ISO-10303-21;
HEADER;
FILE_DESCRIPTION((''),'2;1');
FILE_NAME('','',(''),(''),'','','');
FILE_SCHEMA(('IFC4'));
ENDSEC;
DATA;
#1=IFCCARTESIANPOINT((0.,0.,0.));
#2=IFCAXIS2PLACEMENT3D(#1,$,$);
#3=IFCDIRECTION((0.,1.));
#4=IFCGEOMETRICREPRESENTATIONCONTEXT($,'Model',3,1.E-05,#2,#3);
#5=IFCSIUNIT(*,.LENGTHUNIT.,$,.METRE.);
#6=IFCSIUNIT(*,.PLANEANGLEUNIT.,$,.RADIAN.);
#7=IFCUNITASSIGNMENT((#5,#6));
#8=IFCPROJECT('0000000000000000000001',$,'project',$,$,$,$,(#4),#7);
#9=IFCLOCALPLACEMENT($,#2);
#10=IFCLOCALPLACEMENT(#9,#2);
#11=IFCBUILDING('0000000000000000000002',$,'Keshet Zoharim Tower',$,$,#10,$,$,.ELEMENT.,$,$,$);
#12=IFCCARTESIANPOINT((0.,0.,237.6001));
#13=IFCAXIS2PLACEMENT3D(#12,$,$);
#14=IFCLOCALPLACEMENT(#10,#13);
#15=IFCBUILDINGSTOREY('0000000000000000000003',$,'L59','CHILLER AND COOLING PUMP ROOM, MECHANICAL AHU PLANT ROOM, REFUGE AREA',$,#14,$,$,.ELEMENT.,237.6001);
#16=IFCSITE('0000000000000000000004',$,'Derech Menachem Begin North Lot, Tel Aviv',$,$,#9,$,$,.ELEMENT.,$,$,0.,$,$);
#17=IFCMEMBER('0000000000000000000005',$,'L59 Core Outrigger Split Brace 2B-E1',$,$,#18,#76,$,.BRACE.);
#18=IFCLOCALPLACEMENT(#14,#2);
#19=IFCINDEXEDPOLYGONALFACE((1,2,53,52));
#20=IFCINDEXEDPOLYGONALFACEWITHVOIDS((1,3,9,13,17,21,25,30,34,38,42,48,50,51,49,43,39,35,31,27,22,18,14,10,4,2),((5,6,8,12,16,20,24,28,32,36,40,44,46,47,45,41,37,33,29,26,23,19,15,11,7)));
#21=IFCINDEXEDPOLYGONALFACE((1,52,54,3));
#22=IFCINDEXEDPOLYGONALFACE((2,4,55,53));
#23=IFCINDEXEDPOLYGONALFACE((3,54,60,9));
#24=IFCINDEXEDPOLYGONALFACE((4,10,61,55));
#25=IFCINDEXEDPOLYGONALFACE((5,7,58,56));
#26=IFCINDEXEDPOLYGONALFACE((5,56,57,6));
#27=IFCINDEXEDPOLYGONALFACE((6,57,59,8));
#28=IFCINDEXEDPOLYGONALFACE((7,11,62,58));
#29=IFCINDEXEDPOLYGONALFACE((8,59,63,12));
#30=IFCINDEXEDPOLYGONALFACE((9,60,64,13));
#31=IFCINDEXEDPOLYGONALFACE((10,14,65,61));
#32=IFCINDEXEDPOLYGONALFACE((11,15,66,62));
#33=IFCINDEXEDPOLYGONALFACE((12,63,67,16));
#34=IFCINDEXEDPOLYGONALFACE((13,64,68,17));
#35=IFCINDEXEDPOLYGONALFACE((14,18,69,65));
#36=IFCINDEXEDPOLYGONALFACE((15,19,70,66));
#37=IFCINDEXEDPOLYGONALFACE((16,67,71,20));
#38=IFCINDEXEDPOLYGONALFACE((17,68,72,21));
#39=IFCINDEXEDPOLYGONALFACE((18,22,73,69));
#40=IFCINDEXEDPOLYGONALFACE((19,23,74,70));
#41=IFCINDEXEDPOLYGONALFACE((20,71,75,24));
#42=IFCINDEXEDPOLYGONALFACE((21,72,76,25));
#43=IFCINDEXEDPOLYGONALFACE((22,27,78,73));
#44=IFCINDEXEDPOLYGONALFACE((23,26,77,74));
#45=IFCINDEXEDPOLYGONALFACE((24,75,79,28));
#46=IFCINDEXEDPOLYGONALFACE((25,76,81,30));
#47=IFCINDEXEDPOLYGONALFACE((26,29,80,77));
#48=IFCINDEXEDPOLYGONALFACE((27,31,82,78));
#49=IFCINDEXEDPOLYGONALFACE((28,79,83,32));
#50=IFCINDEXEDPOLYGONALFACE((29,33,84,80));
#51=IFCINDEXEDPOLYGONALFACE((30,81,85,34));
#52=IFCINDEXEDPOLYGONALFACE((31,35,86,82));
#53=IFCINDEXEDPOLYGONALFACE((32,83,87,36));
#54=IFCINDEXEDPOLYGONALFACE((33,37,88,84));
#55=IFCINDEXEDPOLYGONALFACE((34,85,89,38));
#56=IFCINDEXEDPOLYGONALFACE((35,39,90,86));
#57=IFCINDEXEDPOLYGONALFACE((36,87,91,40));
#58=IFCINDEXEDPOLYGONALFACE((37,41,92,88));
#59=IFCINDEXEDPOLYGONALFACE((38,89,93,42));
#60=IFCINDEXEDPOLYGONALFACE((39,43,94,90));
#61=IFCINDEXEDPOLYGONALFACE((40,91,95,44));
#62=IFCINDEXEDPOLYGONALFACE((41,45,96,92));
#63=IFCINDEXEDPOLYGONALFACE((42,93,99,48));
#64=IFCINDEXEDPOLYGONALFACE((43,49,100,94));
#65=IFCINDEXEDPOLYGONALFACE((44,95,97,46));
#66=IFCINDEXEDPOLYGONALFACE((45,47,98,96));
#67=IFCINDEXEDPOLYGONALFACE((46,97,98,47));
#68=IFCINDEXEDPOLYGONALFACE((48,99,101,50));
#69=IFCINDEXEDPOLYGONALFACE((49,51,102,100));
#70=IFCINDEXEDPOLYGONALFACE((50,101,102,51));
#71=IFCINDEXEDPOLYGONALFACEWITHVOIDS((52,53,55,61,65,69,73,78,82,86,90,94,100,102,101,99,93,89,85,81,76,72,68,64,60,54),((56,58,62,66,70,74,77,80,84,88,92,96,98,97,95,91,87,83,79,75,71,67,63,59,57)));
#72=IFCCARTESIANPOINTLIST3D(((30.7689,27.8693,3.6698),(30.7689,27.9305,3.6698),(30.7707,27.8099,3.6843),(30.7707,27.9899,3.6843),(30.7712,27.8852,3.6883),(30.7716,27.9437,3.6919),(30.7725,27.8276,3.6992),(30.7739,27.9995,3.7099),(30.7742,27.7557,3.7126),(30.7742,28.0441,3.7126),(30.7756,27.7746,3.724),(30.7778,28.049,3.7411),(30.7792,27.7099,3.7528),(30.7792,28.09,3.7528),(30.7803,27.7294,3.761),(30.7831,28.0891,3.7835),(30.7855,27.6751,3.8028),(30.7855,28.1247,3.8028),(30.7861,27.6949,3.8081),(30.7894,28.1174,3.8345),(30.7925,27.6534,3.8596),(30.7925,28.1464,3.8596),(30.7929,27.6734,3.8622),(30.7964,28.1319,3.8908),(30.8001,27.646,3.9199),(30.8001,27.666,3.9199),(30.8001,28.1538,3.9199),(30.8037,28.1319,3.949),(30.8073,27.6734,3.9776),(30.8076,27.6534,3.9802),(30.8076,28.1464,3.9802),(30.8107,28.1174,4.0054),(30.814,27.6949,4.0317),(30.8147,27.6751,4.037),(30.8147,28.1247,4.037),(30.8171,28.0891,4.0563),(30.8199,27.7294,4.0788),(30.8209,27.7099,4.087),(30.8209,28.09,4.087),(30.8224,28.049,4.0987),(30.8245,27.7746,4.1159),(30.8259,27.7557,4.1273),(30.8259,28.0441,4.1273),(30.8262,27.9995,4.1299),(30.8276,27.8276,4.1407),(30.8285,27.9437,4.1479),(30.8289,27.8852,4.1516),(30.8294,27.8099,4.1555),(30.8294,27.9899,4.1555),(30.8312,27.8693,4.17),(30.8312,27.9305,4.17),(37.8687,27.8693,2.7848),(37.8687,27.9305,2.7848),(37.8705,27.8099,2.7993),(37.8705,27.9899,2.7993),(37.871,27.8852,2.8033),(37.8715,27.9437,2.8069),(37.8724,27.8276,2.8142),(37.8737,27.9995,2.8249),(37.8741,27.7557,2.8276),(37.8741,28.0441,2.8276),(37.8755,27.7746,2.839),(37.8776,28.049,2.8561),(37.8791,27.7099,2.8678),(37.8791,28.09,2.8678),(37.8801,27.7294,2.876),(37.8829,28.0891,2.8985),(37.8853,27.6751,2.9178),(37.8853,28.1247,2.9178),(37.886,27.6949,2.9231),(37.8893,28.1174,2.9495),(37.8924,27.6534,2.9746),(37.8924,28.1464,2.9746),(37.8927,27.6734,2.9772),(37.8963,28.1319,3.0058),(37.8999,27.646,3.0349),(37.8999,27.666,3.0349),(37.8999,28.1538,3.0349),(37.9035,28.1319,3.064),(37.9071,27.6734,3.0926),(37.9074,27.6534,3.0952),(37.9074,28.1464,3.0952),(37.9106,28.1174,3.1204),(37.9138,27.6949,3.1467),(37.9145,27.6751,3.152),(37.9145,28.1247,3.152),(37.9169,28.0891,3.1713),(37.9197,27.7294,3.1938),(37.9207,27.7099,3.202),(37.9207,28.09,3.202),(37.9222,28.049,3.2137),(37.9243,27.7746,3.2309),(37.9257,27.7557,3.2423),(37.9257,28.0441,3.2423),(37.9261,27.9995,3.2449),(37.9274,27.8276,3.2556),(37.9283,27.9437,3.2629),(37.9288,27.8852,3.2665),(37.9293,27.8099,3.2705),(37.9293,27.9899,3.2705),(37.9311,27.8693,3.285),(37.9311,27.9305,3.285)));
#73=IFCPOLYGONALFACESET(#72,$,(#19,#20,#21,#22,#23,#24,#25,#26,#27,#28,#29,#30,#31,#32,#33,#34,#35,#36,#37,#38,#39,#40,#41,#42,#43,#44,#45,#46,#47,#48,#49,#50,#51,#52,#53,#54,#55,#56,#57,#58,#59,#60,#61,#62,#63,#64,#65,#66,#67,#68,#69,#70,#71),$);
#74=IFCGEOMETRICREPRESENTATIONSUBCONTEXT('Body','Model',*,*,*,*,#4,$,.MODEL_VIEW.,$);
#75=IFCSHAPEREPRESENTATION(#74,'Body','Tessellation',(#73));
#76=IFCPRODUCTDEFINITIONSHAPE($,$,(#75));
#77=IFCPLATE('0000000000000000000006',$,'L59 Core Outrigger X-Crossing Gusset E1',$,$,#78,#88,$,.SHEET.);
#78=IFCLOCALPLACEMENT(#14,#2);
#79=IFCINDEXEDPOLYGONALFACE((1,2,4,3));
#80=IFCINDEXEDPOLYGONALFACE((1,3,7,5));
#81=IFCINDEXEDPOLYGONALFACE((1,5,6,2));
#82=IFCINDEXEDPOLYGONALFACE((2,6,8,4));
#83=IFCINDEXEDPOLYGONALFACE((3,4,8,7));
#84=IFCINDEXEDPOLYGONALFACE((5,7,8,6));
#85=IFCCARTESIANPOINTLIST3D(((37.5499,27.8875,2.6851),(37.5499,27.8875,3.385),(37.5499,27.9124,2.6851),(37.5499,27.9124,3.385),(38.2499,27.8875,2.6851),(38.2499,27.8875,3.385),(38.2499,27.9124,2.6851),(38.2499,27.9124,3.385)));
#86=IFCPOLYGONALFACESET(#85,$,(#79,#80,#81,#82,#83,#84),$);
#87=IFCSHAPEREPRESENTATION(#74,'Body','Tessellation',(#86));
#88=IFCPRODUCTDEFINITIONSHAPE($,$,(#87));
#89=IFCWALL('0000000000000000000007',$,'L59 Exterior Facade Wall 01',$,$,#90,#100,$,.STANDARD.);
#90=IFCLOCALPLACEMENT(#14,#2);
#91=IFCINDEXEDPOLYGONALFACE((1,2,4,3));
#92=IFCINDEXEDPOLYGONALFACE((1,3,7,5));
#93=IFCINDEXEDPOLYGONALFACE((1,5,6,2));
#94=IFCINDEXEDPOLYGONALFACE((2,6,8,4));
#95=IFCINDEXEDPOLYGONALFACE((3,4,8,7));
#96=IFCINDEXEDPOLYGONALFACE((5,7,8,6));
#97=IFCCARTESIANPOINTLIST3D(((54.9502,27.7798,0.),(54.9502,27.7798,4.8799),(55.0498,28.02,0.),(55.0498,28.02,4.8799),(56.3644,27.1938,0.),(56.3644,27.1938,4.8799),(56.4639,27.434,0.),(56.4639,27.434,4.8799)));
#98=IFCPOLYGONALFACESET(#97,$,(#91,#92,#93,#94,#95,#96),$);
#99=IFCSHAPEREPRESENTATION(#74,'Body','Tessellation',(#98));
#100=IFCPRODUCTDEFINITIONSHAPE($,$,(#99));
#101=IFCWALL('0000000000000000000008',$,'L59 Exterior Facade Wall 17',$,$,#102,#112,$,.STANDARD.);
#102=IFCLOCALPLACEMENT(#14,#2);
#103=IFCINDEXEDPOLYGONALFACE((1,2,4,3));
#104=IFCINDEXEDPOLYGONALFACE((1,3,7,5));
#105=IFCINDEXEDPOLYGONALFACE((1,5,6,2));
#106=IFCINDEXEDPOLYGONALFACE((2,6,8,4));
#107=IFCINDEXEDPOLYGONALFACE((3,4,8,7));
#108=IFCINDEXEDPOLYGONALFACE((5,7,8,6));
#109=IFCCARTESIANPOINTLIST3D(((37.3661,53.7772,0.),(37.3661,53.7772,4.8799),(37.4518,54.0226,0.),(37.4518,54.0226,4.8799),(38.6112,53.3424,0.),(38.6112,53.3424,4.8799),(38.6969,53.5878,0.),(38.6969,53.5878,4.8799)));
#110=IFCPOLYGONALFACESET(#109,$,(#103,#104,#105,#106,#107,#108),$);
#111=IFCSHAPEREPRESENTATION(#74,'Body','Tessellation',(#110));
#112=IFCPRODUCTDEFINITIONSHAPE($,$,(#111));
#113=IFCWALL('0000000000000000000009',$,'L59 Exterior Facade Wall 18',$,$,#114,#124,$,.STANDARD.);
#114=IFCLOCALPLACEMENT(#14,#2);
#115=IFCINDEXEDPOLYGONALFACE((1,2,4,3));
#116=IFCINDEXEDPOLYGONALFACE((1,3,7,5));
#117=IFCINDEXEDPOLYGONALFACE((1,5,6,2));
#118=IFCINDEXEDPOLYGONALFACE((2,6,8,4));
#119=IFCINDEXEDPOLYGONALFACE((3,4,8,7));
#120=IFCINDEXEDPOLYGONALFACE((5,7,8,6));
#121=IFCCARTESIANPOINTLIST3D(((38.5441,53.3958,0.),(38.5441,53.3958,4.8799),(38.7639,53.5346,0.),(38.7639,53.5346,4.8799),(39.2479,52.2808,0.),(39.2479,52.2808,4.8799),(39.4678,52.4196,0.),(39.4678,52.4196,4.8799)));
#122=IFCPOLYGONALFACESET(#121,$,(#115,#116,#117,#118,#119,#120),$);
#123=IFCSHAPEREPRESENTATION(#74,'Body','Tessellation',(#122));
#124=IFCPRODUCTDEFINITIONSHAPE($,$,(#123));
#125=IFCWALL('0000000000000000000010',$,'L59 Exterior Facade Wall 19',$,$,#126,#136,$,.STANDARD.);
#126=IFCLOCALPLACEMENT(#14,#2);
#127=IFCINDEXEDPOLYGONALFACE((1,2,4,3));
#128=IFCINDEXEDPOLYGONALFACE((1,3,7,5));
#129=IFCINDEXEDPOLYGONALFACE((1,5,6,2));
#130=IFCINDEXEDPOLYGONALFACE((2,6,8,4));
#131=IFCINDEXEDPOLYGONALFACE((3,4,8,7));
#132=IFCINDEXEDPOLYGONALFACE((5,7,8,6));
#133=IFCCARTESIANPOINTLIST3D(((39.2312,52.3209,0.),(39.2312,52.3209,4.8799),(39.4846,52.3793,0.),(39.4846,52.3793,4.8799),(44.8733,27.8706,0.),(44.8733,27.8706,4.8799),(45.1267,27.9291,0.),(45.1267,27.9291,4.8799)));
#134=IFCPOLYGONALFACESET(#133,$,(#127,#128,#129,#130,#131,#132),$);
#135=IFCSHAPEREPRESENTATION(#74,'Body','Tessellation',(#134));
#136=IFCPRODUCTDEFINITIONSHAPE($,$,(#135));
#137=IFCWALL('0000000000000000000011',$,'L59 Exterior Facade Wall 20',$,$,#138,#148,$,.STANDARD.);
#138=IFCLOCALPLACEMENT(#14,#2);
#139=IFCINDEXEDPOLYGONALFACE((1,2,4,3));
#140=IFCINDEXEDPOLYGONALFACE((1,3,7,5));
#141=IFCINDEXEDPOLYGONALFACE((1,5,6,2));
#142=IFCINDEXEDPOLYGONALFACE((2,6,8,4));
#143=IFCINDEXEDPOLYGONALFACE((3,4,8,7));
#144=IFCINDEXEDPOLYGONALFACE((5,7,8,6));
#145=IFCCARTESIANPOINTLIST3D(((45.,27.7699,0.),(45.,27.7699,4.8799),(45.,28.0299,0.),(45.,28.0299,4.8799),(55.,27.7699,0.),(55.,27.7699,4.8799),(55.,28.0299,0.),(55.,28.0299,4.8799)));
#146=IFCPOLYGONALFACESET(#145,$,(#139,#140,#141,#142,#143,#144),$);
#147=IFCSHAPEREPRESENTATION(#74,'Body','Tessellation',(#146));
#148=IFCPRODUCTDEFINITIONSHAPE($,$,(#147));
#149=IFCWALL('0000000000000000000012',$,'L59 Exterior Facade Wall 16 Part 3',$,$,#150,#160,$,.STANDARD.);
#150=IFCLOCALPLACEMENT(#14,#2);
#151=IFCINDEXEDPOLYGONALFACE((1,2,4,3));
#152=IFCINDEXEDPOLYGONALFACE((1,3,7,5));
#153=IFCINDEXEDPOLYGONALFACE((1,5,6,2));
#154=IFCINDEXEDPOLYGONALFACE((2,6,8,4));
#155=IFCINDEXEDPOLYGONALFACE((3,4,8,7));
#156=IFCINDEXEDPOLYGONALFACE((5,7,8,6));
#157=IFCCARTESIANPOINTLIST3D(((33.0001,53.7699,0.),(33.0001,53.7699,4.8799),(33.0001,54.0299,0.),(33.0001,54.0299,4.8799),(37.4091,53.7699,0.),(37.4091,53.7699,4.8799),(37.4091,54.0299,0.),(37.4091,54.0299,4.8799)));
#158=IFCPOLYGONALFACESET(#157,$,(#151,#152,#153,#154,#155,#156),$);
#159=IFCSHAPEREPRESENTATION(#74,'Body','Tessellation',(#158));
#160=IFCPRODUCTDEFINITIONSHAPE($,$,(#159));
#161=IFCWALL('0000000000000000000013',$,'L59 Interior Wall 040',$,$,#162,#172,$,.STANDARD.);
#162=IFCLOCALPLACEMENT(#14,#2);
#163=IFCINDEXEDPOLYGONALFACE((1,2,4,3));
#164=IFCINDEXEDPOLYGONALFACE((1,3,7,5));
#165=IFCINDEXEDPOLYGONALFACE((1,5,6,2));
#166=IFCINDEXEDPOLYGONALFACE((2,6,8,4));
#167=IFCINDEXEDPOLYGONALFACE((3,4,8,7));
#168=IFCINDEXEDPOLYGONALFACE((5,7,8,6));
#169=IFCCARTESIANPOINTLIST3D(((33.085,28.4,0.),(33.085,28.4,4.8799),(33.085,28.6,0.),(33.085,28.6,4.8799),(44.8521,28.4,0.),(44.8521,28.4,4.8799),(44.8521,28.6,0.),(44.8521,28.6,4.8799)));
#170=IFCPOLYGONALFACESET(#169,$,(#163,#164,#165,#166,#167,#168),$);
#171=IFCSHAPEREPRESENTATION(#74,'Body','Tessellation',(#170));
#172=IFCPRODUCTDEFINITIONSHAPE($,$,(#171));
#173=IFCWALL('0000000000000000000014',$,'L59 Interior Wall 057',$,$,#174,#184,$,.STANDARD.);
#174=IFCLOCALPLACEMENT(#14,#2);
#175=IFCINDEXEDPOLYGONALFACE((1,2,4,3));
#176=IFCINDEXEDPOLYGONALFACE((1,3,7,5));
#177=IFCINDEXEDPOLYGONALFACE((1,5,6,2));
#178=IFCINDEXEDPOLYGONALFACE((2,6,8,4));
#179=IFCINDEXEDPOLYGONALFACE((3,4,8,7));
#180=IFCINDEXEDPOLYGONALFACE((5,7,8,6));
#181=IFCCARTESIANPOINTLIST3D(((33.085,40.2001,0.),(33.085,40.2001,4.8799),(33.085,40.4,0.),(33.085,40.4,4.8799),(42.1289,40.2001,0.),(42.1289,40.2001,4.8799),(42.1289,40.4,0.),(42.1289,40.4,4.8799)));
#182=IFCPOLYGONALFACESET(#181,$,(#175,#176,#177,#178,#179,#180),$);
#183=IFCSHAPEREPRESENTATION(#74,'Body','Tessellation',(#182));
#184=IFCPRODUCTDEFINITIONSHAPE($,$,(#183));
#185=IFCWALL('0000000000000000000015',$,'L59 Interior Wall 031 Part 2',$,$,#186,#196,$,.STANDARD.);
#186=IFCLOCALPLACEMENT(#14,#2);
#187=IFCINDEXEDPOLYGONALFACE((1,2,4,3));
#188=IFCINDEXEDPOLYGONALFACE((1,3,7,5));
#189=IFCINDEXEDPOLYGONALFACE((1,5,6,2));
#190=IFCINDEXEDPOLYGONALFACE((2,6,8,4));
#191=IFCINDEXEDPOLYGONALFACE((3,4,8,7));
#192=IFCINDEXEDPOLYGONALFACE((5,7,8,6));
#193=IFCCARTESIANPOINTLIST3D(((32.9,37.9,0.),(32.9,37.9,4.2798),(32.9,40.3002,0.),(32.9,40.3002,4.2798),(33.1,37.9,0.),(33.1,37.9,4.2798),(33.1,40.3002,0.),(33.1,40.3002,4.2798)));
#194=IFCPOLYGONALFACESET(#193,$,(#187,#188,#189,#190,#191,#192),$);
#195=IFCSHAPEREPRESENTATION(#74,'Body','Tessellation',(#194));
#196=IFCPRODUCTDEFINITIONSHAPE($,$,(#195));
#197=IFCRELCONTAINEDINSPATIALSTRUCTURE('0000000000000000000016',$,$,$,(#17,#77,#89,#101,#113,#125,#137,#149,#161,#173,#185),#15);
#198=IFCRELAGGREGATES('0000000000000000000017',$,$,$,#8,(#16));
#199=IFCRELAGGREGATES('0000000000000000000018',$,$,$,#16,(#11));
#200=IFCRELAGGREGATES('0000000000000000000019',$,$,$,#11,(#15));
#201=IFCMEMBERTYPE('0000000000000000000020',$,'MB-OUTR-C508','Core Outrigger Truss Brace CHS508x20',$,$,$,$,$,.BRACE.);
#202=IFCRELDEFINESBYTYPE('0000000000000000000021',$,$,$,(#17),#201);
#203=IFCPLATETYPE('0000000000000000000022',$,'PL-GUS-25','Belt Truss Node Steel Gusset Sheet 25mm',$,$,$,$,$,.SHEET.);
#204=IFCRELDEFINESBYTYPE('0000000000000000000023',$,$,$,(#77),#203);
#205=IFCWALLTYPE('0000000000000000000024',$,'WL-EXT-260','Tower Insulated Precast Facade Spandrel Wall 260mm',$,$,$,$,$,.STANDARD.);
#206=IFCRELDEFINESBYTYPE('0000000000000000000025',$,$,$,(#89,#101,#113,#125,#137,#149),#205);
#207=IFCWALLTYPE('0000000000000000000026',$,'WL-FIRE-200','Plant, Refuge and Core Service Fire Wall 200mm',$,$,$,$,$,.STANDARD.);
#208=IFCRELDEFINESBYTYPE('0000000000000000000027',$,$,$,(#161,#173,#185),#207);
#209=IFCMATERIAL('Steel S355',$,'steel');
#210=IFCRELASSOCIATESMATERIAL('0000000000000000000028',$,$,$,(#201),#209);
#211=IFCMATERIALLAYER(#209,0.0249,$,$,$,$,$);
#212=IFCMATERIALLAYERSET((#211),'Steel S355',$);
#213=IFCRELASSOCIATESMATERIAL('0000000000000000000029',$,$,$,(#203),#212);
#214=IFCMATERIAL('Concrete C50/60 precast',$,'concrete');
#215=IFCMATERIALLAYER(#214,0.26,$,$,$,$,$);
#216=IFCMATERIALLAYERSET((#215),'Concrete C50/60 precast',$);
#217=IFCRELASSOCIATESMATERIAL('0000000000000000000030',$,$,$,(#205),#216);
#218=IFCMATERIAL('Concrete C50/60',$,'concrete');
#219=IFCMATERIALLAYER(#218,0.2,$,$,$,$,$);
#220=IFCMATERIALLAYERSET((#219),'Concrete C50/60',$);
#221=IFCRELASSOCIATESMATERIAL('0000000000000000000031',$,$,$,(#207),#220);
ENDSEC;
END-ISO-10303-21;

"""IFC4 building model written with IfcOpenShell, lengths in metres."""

from ifc_helpers import new_model, si_unit, direction, frame, frame_2d, origin, origin_2d, place, context, subcontext, project, spatial, rectangle, hollow_circle, extrude, material, layer, layer_set, material_profile, profile_set, type_object, element, save


model = new_model("IFC4")

# Units and contexts
model_context = context("Model", 3, precision=1e-05, world=origin(), true_north=direction((0.0, 1.0)))
body_context = subcontext(model_context, "Body", "Model", "MODEL_VIEW")
ifc_project = project(units=[si_unit("LENGTHUNIT", "METRE"), si_unit("PLANEANGLEUNIT", "RADIAN")], contexts=[model_context])

# Site, building, storey
site_placement = place(None, origin())
site = spatial("IfcSite", under=ifc_project, at=site_placement, Name="Derech Menachem Begin North Lot, Tel Aviv", CompositionType="ELEMENT", RefElevation=0.0)
building_placement = place(site_placement, origin())
building = spatial("IfcBuilding", under=site, at=building_placement, Name="Keshet Zoharim Tower", CompositionType="ELEMENT")
storey_placement = place(building_placement, frame((0.0, 0.0, 237.6001)))
storey = spatial("IfcBuildingStorey", under=building, at=storey_placement, Name="L59", Description="CHILLER AND COOLING PUMP ROOM, MECHANICAL AHU PLANT ROOM, REFUGE AREA", CompositionType="ELEMENT", Elevation=237.6001)

# Shared definitions
ifc_material_1 = material(Name="Steel S355", Category="steel")

# Member
ifc_material_profile_1 = material_profile(ifc_material_1, hollow_circle(Radius=0.2539, WallThickness=0.02, at=origin_2d()), Name="CHS508x20")
ifc_profile_set_1 = profile_set([ifc_material_profile_1], Name="Steel S355")
member_type_1 = type_object("IfcMemberType", Name="MB-OUTR-C508", Description="Core Outrigger Truss Brace CHS508x20", PredefinedType="BRACE", material=ifc_profile_set_1)
member_1_placement = place(storey_placement, frame((37.8999, 27.8999, 3.0349), z_axis=(-0.99232, 0.0, 0.123695), x_axis=(0.0, -1.0, 0.0)))
element("IfcMember", 1, at=member_1_placement, inside=storey, type_object=member_type_1, Name="L59 Core Outrigger Split Brace 2B-E1", PredefinedType="BRACE", context=body_context, shape_type="SweptSolid", body=[
    extrude(hollow_circle(Radius=0.2539, WallThickness=0.02, at=origin_2d()), origin(), (0.0, 0.0, 1.0), 7.1548),
])

# Plate
ifc_layer_1 = layer(ifc_material_1, 0.0249)
ifc_layer_set_1 = layer_set([ifc_layer_1], Name="Steel S355")
plate_type = type_object("IfcPlateType", Name="PL-GUS-25", Description="Belt Truss Node Steel Gusset Sheet 25mm", PredefinedType="SHEET", material=ifc_layer_set_1)
plate_placement = place(storey_placement, frame((37.8999, 27.8999, 2.6851), z_axis=(0.0, 0.0, 1.0), x_axis=(1.0, 0.0, 0.0)))
element("IfcPlate", 2, at=plate_placement, inside=storey, type_object=plate_type, Name="L59 Core Outrigger X-Crossing Gusset E1", PredefinedType="SHEET", context=body_context, shape_type="SweptSolid", body=[
    extrude(rectangle(XDim=0.7, YDim=0.0249, at=origin_2d()), origin(), (0.0, 0.0, 1.0), 0.7),
])

# Walls
ifc_material_2 = material(Name="Concrete C50/60 precast", Category="concrete")
ifc_layer_2 = layer(ifc_material_2, 0.26)
ifc_layer_set_2 = layer_set([ifc_layer_2], Name="Concrete C50/60 precast")
wall_type_1 = type_object("IfcWallType", Name="WL-EXT-260", Description="Tower Insulated Precast Facade Spandrel Wall 260mm", PredefinedType="STANDARD", material=ifc_layer_set_2)
wall_1_placement = place(storey_placement, frame((55.0, 27.8999, 0.0), z_axis=(0.0, 0.0, 1.0), x_axis=(0.92383, -0.382803, 0.0)))
element("IfcWall", 3, at=wall_1_placement, inside=storey, type_object=wall_type_1, Name="L59 Exterior Facade Wall 01", PredefinedType="STANDARD", context=body_context, shape_type="SweptSolid", body=[
    extrude(rectangle(XDim=1.5308, YDim=0.26, at=frame_2d((0.7654, 0.0))), origin(), (0.0, 0.0, 1.0), 4.8799),
])
wall_2_placement = place(storey_placement, frame((37.4089, 53.8999, 0.0), z_axis=(0.0, 0.0, 1.0), x_axis=(0.944089, -0.329691, 0.0)))
element("IfcWall", 4, at=wall_2_placement, inside=storey, type_object=wall_type_1, Name="L59 Exterior Facade Wall 17", PredefinedType="STANDARD", context=body_context, shape_type="SweptSolid", body=[
    extrude(rectangle(XDim=1.3188, YDim=0.26, at=frame_2d((0.6594, 0.0))), origin(), (0.0, 0.0, 1.0), 4.8799),
])
wall_3_placement = place(storey_placement, frame((38.6541, 53.4651, 0.0), z_axis=(0.0, 0.0, 1.0), x_axis=(0.533805, -0.845608, 0.0)))
element("IfcWall", 5, at=wall_3_placement, inside=storey, type_object=wall_type_1, Name="L59 Exterior Facade Wall 18", PredefinedType="STANDARD", context=body_context, shape_type="SweptSolid", body=[
    extrude(rectangle(XDim=1.3186, YDim=0.26, at=frame_2d((0.6592, 0.0))), origin(), (0.0, 0.0, 1.0), 4.8799),
])
wall_4_placement = place(storey_placement, frame((39.3579, 52.3501, 0.0), z_axis=(0.0, 0.0, 1.0), x_axis=(0.22485, -0.974393, 0.0)))
element("IfcWall", 6, at=wall_4_placement, inside=storey, type_object=wall_type_1, Name="L59 Exterior Facade Wall 19", PredefinedType="STANDARD", context=body_context, shape_type="SweptSolid", body=[
    extrude(rectangle(XDim=25.0928, YDim=0.26, at=frame_2d((12.5464, 0.0))), origin(), (0.0, 0.0, 1.0), 4.8799),
])
wall_5_placement = place(storey_placement, frame((45.0, 27.8999, 0.0), z_axis=(0.0, 0.0, 1.0), x_axis=(1.0, 0.0, 0.0)))
element("IfcWall", 7, at=wall_5_placement, inside=storey, type_object=wall_type_1, Name="L59 Exterior Facade Wall 20", PredefinedType="STANDARD", context=body_context, shape_type="SweptSolid", body=[
    extrude(rectangle(XDim=10.0, YDim=0.26, at=frame_2d((5.0, 0.0))), origin(), (0.0, 0.0, 1.0), 4.8799),
])
wall_6_placement = place(storey_placement, frame((33.0, 53.8999, 0.0), z_axis=(0.0, 0.0, 1.0), x_axis=(1.0, 0.0, 0.0)))
element("IfcWall", 8, at=wall_6_placement, inside=storey, type_object=wall_type_1, Name="L59 Exterior Facade Wall 16 Part 3", PredefinedType="STANDARD", context=body_context, shape_type="SweptSolid", body=[
    extrude(rectangle(XDim=4.4089, YDim=0.26, at=frame_2d((2.2046, 0.0))), origin(), (0.0, 0.0, 1.0), 4.8799),
])
ifc_material_3 = material(Name="Concrete C50/60", Category="concrete")
ifc_layer_3 = layer(ifc_material_3, 0.2)
ifc_layer_set_3 = layer_set([ifc_layer_3], Name="Concrete C50/60")
wall_type_2 = type_object("IfcWallType", Name="WL-FIRE-200", Description="Plant, Refuge and Core Service Fire Wall 200mm", PredefinedType="STANDARD", material=ifc_layer_set_3)
wall_7_placement = place(storey_placement, frame((33.085, 28.5, 0.0), z_axis=(0.0, 0.0, 1.0), x_axis=(1.0, 0.0, 0.0)))
element("IfcWall", 9, at=wall_7_placement, inside=storey, type_object=wall_type_2, Name="L59 Interior Wall 040", PredefinedType="STANDARD", context=body_context, shape_type="SweptSolid", body=[
    extrude(rectangle(XDim=11.7671, YDim=0.2, at=frame_2d((5.8835, 0.0))), origin(), (0.0, 0.0, 1.0), 4.8799),
])
wall_8_placement = place(storey_placement, frame((33.085, 40.3, 0.0), z_axis=(0.0, 0.0, 1.0), x_axis=(1.0, 0.0, 0.0)))
element("IfcWall", 10, at=wall_8_placement, inside=storey, type_object=wall_type_2, Name="L59 Interior Wall 057", PredefinedType="STANDARD", context=body_context, shape_type="SweptSolid", body=[
    extrude(rectangle(XDim=9.0439, YDim=0.2, at=frame_2d((4.522, 0.0))), origin(), (0.0, 0.0, 1.0), 4.8799),
])
wall_9_placement = place(storey_placement, frame((33.0, 37.8999, 0.0), z_axis=(0.0, 0.0, 1.0), x_axis=(0.0, 1.0, 0.0)))
element("IfcWall", 11, at=wall_9_placement, inside=storey, type_object=wall_type_2, Name="L59 Interior Wall 031 Part 2", PredefinedType="STANDARD", context=body_context, shape_type="SweptSolid", body=[
    extrude(rectangle(XDim=2.4001, YDim=0.2, at=frame_2d((1.2002, 0.0))), origin(), (0.0, 0.0, 1.0), 4.2798),
])

save(model, "model.ifc")
